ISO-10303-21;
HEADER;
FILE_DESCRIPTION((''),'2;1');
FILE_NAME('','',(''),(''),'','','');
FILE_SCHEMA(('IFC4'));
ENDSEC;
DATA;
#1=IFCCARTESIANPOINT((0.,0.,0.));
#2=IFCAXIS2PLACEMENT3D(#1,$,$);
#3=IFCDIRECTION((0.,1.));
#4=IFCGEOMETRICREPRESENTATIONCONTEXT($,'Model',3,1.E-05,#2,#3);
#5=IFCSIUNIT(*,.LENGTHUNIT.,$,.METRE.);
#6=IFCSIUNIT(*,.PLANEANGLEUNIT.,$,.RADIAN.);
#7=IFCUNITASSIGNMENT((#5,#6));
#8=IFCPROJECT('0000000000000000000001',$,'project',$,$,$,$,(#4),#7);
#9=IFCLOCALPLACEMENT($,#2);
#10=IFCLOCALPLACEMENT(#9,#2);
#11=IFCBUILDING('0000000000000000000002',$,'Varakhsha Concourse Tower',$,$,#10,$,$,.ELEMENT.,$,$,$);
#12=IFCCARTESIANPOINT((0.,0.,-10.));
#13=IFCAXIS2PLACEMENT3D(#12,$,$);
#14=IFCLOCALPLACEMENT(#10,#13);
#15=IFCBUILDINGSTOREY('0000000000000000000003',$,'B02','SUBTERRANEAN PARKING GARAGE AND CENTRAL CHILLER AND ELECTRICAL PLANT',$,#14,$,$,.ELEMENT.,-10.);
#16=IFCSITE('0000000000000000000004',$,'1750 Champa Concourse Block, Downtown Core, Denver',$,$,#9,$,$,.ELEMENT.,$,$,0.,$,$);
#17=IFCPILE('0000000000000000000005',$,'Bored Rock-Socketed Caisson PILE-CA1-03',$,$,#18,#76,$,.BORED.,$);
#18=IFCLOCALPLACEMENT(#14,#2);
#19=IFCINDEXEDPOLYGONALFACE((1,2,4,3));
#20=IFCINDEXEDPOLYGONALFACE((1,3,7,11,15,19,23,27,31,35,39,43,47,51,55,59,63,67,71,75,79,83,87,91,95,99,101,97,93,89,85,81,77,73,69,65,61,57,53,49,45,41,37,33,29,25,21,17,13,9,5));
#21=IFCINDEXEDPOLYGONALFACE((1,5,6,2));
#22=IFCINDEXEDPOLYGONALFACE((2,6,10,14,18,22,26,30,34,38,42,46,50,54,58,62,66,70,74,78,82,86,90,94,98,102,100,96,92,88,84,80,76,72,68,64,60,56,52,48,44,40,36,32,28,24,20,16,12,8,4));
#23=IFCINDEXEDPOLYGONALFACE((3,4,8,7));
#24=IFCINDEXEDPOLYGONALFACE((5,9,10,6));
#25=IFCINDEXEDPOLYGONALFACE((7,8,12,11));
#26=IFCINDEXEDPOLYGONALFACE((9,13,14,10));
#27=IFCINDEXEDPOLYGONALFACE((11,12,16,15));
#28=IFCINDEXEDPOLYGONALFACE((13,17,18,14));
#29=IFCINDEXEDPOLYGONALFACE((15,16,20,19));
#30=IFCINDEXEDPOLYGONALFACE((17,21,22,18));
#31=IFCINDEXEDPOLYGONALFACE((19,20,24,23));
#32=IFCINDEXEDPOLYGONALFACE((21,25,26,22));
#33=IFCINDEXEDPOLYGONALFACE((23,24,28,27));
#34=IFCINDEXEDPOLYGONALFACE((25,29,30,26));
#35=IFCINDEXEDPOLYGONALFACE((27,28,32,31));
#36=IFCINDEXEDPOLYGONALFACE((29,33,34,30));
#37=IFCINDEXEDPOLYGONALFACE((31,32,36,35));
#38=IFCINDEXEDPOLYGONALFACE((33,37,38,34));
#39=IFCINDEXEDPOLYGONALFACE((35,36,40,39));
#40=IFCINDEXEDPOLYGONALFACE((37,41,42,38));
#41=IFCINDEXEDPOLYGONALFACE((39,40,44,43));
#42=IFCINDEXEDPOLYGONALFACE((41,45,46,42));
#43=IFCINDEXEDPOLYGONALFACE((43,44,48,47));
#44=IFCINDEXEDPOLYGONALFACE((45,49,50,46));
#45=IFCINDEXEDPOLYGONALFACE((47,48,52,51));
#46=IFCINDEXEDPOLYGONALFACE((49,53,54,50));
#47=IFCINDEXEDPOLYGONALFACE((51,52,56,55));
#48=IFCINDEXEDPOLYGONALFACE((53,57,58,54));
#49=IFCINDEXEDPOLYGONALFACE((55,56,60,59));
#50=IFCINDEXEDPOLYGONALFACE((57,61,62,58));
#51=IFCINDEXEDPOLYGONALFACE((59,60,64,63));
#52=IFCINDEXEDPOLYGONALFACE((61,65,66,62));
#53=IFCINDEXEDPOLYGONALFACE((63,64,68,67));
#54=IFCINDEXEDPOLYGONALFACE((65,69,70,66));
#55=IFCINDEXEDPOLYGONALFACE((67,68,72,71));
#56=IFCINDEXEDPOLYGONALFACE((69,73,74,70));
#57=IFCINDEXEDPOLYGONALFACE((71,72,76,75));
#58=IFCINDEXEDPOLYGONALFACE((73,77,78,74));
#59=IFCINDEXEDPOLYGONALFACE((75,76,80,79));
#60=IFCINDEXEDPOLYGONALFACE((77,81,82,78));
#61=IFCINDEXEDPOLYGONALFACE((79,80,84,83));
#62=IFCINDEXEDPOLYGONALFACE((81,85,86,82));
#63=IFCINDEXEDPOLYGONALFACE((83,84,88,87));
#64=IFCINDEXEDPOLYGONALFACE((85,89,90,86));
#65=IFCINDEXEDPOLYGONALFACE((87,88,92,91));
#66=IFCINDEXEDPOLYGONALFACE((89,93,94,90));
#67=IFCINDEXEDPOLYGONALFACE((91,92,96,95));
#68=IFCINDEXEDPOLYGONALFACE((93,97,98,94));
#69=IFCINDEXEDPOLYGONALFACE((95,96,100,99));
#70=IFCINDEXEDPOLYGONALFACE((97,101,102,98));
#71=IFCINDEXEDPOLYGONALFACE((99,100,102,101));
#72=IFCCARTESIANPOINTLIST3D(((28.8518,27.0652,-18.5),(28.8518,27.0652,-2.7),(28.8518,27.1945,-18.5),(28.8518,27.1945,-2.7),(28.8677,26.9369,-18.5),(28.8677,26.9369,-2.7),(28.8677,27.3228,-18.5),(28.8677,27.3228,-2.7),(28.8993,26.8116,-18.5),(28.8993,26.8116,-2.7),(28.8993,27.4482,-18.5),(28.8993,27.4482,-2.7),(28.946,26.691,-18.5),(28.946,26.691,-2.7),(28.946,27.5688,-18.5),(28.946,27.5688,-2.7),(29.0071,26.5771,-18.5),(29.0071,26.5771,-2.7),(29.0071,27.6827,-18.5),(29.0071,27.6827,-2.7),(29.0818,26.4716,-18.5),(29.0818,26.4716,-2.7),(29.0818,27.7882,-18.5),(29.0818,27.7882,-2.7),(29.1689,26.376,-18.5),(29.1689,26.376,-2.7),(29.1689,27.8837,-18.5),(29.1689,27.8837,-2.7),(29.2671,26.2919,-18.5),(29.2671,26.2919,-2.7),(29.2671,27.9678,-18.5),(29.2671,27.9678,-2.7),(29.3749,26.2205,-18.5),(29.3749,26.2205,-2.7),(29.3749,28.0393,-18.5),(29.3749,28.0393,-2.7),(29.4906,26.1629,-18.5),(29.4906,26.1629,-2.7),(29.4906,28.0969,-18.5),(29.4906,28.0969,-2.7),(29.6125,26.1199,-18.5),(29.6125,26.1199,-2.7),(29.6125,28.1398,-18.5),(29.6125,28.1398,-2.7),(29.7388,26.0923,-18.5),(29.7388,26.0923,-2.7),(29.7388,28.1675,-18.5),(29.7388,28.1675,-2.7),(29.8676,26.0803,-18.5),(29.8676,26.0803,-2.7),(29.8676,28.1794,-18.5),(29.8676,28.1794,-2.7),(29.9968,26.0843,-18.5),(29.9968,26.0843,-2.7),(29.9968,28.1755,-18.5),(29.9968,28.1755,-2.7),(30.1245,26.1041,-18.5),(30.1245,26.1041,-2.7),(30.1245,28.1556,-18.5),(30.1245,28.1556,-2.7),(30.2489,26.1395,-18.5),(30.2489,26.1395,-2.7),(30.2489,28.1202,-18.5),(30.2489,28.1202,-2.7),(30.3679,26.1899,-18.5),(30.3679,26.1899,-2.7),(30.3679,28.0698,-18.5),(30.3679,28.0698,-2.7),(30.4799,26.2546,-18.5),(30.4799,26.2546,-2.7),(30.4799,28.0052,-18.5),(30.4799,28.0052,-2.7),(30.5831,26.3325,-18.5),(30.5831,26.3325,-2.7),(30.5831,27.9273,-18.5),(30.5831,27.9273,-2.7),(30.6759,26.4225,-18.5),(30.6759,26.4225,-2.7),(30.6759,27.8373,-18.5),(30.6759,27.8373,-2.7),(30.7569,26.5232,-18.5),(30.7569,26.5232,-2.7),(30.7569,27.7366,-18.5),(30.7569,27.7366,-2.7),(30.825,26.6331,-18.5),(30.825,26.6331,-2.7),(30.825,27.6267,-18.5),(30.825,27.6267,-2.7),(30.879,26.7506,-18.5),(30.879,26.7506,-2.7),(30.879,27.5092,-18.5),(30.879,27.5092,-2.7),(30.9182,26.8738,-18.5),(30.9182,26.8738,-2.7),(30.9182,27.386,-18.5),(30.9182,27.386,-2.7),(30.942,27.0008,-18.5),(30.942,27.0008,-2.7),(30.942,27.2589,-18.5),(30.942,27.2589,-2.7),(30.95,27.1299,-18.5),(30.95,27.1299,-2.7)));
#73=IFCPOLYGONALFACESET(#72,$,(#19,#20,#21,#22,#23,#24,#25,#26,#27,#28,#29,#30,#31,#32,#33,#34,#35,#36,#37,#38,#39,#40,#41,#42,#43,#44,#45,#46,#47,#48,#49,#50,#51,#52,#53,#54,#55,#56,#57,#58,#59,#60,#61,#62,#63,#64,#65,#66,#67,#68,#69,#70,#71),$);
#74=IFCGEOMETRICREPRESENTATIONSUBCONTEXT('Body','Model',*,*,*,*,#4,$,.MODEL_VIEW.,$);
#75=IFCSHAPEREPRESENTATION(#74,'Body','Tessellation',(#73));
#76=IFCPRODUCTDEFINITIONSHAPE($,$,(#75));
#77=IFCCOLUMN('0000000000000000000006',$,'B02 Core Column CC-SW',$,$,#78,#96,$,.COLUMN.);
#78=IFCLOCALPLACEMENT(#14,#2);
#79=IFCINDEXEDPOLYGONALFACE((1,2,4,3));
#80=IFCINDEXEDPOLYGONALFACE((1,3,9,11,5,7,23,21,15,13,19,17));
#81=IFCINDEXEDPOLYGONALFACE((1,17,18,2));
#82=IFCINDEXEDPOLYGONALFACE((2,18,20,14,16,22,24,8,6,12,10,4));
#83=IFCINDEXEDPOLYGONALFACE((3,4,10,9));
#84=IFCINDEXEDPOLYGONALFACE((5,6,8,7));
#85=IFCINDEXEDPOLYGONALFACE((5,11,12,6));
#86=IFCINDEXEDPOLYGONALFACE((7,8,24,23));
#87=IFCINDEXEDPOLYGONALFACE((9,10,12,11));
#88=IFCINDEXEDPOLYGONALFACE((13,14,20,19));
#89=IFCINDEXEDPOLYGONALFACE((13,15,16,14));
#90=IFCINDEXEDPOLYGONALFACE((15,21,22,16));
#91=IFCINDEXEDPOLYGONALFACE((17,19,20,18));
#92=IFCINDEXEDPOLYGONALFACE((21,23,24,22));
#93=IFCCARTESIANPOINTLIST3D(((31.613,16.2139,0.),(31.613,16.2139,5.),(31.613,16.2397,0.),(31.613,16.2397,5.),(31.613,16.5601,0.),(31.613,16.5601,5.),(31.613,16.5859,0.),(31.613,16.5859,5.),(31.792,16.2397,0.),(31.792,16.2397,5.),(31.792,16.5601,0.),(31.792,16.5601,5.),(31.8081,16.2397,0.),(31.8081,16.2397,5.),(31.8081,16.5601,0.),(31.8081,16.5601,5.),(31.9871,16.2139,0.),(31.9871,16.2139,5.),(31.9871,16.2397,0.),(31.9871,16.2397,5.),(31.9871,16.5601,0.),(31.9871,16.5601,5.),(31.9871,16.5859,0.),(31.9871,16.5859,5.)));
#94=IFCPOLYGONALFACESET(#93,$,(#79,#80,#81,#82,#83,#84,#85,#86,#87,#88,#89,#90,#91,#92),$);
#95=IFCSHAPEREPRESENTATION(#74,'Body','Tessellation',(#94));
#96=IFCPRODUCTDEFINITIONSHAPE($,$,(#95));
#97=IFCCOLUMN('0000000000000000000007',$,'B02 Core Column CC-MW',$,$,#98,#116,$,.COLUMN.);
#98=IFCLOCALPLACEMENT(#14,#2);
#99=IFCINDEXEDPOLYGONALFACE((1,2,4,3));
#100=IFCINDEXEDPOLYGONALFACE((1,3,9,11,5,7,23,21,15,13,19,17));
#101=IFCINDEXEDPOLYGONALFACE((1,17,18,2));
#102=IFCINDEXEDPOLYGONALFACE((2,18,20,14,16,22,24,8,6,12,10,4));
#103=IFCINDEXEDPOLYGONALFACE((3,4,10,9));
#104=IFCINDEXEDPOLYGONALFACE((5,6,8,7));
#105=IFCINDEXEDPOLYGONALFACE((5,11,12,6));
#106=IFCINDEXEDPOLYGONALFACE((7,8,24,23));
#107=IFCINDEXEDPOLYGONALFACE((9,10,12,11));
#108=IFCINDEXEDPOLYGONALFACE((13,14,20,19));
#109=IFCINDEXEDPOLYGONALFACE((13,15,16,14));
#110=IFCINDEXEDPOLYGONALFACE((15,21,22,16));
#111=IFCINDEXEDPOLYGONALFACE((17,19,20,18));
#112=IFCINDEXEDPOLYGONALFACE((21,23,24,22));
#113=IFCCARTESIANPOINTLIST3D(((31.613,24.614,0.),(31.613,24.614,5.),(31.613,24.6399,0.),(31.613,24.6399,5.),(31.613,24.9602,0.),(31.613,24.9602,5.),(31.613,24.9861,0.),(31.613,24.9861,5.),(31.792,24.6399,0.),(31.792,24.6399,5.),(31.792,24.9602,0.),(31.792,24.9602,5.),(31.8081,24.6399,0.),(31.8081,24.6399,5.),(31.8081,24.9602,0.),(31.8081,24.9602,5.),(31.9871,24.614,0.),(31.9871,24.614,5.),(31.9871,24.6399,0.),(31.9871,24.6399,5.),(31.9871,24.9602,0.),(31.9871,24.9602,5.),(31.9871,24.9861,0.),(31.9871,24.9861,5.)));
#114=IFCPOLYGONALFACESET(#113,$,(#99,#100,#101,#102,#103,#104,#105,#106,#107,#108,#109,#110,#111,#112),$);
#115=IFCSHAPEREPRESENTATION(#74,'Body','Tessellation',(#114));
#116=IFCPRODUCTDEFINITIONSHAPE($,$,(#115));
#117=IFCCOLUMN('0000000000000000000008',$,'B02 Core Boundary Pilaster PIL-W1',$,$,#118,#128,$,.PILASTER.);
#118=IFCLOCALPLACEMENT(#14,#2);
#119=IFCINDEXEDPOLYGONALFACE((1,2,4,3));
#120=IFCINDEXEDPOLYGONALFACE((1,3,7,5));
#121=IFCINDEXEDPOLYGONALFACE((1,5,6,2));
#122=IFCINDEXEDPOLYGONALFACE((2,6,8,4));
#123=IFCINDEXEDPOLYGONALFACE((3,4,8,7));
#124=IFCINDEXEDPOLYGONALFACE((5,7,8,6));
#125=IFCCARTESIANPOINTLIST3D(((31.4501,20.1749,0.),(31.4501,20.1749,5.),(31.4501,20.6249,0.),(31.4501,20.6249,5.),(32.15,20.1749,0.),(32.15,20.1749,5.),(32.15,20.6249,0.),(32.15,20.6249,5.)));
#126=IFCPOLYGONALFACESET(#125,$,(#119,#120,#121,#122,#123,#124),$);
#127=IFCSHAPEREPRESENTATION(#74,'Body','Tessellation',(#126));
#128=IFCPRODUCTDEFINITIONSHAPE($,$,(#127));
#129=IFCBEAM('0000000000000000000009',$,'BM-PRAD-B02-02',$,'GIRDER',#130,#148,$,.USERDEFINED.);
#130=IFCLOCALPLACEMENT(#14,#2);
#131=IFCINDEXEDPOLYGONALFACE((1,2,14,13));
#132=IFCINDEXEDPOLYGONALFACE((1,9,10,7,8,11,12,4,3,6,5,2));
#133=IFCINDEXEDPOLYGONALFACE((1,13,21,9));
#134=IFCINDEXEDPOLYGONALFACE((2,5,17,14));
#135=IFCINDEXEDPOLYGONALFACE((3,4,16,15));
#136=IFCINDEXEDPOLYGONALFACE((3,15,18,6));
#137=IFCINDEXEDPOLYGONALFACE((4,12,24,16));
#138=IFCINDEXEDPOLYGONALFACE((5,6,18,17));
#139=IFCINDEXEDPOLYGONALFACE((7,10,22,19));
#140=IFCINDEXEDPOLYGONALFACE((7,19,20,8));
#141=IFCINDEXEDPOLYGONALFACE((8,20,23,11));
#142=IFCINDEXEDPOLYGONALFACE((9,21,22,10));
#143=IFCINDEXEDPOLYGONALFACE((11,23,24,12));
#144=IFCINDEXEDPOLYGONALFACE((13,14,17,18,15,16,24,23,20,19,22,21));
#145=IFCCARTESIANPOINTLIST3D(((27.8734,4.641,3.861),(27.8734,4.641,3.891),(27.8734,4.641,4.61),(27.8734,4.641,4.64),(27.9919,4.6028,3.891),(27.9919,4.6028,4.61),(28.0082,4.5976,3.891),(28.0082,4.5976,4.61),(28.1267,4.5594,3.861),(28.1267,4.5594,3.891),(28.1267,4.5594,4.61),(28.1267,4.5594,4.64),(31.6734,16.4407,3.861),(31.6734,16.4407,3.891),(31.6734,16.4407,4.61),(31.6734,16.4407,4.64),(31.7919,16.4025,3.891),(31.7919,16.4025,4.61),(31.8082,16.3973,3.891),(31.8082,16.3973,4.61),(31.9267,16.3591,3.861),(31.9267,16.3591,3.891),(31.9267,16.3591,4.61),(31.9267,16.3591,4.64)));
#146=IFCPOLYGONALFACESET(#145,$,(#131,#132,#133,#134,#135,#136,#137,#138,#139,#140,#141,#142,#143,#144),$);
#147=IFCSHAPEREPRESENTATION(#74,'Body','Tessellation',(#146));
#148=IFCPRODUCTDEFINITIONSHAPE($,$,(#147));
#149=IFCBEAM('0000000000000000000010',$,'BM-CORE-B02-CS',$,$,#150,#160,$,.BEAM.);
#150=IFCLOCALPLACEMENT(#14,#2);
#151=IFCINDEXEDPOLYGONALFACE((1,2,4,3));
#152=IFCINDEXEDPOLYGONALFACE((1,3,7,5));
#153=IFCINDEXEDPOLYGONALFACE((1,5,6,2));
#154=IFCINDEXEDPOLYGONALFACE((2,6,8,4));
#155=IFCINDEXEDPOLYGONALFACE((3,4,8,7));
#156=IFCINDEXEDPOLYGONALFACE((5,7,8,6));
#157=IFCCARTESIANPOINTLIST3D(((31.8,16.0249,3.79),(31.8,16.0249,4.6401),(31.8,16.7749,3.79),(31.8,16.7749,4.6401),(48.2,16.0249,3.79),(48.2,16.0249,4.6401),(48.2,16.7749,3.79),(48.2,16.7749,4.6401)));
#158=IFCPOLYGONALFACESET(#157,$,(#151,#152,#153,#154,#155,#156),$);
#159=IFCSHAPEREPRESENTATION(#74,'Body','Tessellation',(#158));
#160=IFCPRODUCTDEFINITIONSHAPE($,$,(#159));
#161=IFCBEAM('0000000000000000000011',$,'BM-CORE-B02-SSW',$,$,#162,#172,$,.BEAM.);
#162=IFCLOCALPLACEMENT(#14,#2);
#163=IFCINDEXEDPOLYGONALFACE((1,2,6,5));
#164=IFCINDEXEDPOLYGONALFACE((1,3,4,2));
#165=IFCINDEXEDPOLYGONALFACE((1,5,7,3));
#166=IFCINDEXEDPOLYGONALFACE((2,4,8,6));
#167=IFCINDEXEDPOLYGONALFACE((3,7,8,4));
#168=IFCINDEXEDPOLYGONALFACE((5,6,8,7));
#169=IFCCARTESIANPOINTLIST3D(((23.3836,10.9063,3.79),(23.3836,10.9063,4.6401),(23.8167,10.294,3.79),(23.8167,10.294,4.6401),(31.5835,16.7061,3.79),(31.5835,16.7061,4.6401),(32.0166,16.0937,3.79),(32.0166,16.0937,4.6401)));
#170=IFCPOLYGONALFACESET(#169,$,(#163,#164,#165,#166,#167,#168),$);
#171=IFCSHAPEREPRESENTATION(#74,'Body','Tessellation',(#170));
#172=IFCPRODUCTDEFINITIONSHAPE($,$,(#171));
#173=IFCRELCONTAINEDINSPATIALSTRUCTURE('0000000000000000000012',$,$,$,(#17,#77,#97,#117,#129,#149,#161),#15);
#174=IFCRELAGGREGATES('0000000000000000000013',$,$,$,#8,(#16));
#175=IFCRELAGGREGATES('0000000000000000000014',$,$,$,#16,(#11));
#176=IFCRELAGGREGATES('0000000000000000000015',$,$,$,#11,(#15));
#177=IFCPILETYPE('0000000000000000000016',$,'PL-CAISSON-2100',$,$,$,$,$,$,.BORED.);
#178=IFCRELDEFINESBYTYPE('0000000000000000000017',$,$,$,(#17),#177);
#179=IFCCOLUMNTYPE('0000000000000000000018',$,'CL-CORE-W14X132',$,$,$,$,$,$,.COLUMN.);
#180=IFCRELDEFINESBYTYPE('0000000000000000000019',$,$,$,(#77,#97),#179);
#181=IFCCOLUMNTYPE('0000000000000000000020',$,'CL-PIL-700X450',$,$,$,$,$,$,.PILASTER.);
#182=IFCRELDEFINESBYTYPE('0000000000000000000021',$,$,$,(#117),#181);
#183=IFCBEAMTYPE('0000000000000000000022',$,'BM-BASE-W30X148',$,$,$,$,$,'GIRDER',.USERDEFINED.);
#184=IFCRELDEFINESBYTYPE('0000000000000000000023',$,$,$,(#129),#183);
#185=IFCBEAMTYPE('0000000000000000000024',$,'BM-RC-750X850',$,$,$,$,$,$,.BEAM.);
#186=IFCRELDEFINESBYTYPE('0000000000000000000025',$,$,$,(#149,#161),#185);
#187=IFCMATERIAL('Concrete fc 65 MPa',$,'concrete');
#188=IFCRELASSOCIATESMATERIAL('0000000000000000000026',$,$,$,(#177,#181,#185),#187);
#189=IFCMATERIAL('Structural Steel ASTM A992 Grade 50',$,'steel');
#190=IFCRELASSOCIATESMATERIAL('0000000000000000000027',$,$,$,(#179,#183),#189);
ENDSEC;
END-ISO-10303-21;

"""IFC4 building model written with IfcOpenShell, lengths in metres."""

from ifc_helpers import new_model, si_unit, direction, frame, origin, origin_2d, place, context, subcontext, project, spatial, rectangle, circle, i_section, extrude, material, material_profile, profile_set, type_object, element, save


model = new_model("IFC4")

# Units and contexts
model_context = context("Model", 3, precision=1e-05, world=origin(), true_north=direction((0.0, 1.0)))
body_context = subcontext(model_context, "Body", "Model", "MODEL_VIEW")
ifc_project = project(units=[si_unit("LENGTHUNIT", "METRE"), si_unit("PLANEANGLEUNIT", "RADIAN")], contexts=[model_context])

# Site, building, storey
site_placement = place(None, origin())
site = spatial("IfcSite", under=ifc_project, at=site_placement, Name="1750 Champa Concourse Block, Downtown Core, Denver", CompositionType="ELEMENT", RefElevation=0.0)
building_placement = place(site_placement, origin())
building = spatial("IfcBuilding", under=site, at=building_placement, Name="Varakhsha Concourse Tower", CompositionType="ELEMENT")
storey_placement = place(building_placement, frame((0.0, 0.0, -10.0)))
storey = spatial("IfcBuildingStorey", under=building, at=storey_placement, Name="B02", Description="SUBTERRANEAN PARKING GARAGE AND CENTRAL CHILLER AND ELECTRICAL PLANT", CompositionType="ELEMENT", Elevation=-10.0)

# Pile
ifc_material_1 = material(Name="Concrete fc 65 MPa", Category="concrete")
ifc_material_profile_1 = material_profile(ifc_material_1, circle(Radius=1.05, at=origin_2d()), Name="CAISSON D2100")
ifc_profile_set_1 = profile_set([ifc_material_profile_1], Name="Concrete fc 65 MPa")
pile_type = type_object("IfcPileType", Name="PL-CAISSON-2100", PredefinedType="BORED", material=ifc_profile_set_1)
pile_placement = place(storey_placement, frame((29.8999, 27.1299, -2.7), z_axis=(0.0, 0.0, -1.0), x_axis=(1.0, 0.0, 0.0)))
element("IfcPile", 1, at=pile_placement, inside=storey, type_object=pile_type, Name="Bored Rock-Socketed Caisson PILE-CA1-03", PredefinedType="BORED", context=body_context, shape_type="SweptSolid", body=[
    extrude(circle(Radius=1.05, at=origin_2d()), origin(), (0.0, 0.0, 1.0), 15.8),
])

# Columns
ifc_material_2 = material(Name="Structural Steel ASTM A992 Grade 50", Category="steel")
ifc_material_profile_2 = material_profile(ifc_material_2, i_section(OverallWidth=0.374, OverallDepth=0.3721, WebThickness=0.0161, FlangeThickness=0.0259, at=origin_2d()), Name="W14X132")
ifc_profile_set_2 = profile_set([ifc_material_profile_2], Name="Structural Steel ASTM A992 Grade 50")
column_type_1 = type_object("IfcColumnType", Name="CL-CORE-W14X132", PredefinedType="COLUMN", material=ifc_profile_set_2)
for number, where, z_axis, x_axis, name in (
    (2, (31.8, 16.3999, 0.0), (0.0, 0.0, 1.0), (1.0, 0.0, 0.0), "B02 Core Column CC-SW"),
    (3, (31.8, 24.8, 0.0), (0.0, 0.0, 1.0), (1.0, 0.0, 0.0), "B02 Core Column CC-MW"),
):
    element("IfcColumn", number, at=place(storey_placement, frame(where, z_axis=z_axis, x_axis=x_axis)), inside=storey, type_object=column_type_1, Name=name, PredefinedType="COLUMN", context=body_context, shape_type="SweptSolid", body=[
        extrude(i_section(OverallWidth=0.374, OverallDepth=0.3721, WebThickness=0.0161, FlangeThickness=0.0259, at=origin_2d()), origin(), (0.0, 0.0, 1.0), 5.0),
    ])
ifc_material_profile_3 = material_profile(ifc_material_1, rectangle(XDim=0.7, YDim=0.45, at=origin_2d()), Name="RC 700x450")
ifc_profile_set_3 = profile_set([ifc_material_profile_3], Name="Concrete fc 65 MPa")
column_type_2 = type_object("IfcColumnType", Name="CL-PIL-700X450", PredefinedType="PILASTER", material=ifc_profile_set_3)
column_placement = place(storey_placement, frame((31.8, 20.3999, 0.0), z_axis=(0.0, 0.0, 1.0), x_axis=(1.0, 0.0, 0.0)))
element("IfcColumn", 4, at=column_placement, inside=storey, type_object=column_type_2, Name="B02 Core Boundary Pilaster PIL-W1", PredefinedType="PILASTER", context=body_context, shape_type="SweptSolid", body=[
    extrude(rectangle(XDim=0.7, YDim=0.45, at=origin_2d()), origin(), (0.0, 0.0, 1.0), 5.0),
])

# Beams
ifc_material_profile_4 = material_profile(ifc_material_2, i_section(OverallWidth=0.2661, OverallDepth=0.7791, WebThickness=0.0171, FlangeThickness=0.03, at=origin_2d()), Name="W30X148")
ifc_profile_set_4 = profile_set([ifc_material_profile_4], Name="Structural Steel ASTM A992 Grade 50")
beam_type_1 = type_object("IfcBeamType", Name="BM-BASE-W30X148", ElementType="GIRDER", PredefinedType="USERDEFINED", material=ifc_profile_set_4)
beam_1_placement = place(storey_placement, frame((31.8, 16.3999, 4.2505), z_axis=(-0.30654, -0.951858, 0.0), x_axis=(0.951858, -0.30654, 0.0)))
element("IfcBeam", 5, at=beam_1_placement, inside=storey, type_object=beam_type_1, Name="BM-PRAD-B02-02", ObjectType="GIRDER", PredefinedType="USERDEFINED", context=body_context, shape_type="SweptSolid", body=[
    extrude(i_section(OverallWidth=0.2661, OverallDepth=0.7791, WebThickness=0.0171, FlangeThickness=0.03, at=origin_2d()), origin(), (0.0, 0.0, 1.0), 12.3965),
])
ifc_material_profile_5 = material_profile(ifc_material_1, rectangle(XDim=0.75, YDim=0.8501, at=origin_2d()), Name="RC 750x850")
ifc_profile_set_5 = profile_set([ifc_material_profile_5], Name="Concrete fc 65 MPa")
beam_type_2 = type_object("IfcBeamType", Name="BM-RC-750X850", PredefinedType="BEAM", material=ifc_profile_set_5)
beam_2_placement = place(storey_placement, frame((31.8, 16.3999, 4.2151), z_axis=(1.0, 0.0, 0.0), x_axis=(0.0, 1.0, 0.0)))
element("IfcBeam", 6, at=beam_2_placement, inside=storey, type_object=beam_type_2, Name="BM-CORE-B02-CS", PredefinedType="BEAM", context=body_context, shape_type="SweptSolid", body=[
    extrude(rectangle(XDim=0.75, YDim=0.8501, at=origin_2d()), origin(), (0.0, 0.0, 1.0), 16.3999),
])
beam_3_placement = place(storey_placement, frame((31.8, 16.3999, 4.2151), z_axis=(-0.816423, -0.577454, 0.0), x_axis=(0.577454, -0.816423, 0.0)))
element("IfcBeam", 7, at=beam_3_placement, inside=storey, type_object=beam_type_2, Name="BM-CORE-B02-SSW", PredefinedType="BEAM", context=body_context, shape_type="SweptSolid", body=[
    extrude(rectangle(XDim=0.75, YDim=0.8501, at=origin_2d()), origin(), (0.0, 0.0, 1.0), 10.0437),
])

save(model, "model.ifc")
